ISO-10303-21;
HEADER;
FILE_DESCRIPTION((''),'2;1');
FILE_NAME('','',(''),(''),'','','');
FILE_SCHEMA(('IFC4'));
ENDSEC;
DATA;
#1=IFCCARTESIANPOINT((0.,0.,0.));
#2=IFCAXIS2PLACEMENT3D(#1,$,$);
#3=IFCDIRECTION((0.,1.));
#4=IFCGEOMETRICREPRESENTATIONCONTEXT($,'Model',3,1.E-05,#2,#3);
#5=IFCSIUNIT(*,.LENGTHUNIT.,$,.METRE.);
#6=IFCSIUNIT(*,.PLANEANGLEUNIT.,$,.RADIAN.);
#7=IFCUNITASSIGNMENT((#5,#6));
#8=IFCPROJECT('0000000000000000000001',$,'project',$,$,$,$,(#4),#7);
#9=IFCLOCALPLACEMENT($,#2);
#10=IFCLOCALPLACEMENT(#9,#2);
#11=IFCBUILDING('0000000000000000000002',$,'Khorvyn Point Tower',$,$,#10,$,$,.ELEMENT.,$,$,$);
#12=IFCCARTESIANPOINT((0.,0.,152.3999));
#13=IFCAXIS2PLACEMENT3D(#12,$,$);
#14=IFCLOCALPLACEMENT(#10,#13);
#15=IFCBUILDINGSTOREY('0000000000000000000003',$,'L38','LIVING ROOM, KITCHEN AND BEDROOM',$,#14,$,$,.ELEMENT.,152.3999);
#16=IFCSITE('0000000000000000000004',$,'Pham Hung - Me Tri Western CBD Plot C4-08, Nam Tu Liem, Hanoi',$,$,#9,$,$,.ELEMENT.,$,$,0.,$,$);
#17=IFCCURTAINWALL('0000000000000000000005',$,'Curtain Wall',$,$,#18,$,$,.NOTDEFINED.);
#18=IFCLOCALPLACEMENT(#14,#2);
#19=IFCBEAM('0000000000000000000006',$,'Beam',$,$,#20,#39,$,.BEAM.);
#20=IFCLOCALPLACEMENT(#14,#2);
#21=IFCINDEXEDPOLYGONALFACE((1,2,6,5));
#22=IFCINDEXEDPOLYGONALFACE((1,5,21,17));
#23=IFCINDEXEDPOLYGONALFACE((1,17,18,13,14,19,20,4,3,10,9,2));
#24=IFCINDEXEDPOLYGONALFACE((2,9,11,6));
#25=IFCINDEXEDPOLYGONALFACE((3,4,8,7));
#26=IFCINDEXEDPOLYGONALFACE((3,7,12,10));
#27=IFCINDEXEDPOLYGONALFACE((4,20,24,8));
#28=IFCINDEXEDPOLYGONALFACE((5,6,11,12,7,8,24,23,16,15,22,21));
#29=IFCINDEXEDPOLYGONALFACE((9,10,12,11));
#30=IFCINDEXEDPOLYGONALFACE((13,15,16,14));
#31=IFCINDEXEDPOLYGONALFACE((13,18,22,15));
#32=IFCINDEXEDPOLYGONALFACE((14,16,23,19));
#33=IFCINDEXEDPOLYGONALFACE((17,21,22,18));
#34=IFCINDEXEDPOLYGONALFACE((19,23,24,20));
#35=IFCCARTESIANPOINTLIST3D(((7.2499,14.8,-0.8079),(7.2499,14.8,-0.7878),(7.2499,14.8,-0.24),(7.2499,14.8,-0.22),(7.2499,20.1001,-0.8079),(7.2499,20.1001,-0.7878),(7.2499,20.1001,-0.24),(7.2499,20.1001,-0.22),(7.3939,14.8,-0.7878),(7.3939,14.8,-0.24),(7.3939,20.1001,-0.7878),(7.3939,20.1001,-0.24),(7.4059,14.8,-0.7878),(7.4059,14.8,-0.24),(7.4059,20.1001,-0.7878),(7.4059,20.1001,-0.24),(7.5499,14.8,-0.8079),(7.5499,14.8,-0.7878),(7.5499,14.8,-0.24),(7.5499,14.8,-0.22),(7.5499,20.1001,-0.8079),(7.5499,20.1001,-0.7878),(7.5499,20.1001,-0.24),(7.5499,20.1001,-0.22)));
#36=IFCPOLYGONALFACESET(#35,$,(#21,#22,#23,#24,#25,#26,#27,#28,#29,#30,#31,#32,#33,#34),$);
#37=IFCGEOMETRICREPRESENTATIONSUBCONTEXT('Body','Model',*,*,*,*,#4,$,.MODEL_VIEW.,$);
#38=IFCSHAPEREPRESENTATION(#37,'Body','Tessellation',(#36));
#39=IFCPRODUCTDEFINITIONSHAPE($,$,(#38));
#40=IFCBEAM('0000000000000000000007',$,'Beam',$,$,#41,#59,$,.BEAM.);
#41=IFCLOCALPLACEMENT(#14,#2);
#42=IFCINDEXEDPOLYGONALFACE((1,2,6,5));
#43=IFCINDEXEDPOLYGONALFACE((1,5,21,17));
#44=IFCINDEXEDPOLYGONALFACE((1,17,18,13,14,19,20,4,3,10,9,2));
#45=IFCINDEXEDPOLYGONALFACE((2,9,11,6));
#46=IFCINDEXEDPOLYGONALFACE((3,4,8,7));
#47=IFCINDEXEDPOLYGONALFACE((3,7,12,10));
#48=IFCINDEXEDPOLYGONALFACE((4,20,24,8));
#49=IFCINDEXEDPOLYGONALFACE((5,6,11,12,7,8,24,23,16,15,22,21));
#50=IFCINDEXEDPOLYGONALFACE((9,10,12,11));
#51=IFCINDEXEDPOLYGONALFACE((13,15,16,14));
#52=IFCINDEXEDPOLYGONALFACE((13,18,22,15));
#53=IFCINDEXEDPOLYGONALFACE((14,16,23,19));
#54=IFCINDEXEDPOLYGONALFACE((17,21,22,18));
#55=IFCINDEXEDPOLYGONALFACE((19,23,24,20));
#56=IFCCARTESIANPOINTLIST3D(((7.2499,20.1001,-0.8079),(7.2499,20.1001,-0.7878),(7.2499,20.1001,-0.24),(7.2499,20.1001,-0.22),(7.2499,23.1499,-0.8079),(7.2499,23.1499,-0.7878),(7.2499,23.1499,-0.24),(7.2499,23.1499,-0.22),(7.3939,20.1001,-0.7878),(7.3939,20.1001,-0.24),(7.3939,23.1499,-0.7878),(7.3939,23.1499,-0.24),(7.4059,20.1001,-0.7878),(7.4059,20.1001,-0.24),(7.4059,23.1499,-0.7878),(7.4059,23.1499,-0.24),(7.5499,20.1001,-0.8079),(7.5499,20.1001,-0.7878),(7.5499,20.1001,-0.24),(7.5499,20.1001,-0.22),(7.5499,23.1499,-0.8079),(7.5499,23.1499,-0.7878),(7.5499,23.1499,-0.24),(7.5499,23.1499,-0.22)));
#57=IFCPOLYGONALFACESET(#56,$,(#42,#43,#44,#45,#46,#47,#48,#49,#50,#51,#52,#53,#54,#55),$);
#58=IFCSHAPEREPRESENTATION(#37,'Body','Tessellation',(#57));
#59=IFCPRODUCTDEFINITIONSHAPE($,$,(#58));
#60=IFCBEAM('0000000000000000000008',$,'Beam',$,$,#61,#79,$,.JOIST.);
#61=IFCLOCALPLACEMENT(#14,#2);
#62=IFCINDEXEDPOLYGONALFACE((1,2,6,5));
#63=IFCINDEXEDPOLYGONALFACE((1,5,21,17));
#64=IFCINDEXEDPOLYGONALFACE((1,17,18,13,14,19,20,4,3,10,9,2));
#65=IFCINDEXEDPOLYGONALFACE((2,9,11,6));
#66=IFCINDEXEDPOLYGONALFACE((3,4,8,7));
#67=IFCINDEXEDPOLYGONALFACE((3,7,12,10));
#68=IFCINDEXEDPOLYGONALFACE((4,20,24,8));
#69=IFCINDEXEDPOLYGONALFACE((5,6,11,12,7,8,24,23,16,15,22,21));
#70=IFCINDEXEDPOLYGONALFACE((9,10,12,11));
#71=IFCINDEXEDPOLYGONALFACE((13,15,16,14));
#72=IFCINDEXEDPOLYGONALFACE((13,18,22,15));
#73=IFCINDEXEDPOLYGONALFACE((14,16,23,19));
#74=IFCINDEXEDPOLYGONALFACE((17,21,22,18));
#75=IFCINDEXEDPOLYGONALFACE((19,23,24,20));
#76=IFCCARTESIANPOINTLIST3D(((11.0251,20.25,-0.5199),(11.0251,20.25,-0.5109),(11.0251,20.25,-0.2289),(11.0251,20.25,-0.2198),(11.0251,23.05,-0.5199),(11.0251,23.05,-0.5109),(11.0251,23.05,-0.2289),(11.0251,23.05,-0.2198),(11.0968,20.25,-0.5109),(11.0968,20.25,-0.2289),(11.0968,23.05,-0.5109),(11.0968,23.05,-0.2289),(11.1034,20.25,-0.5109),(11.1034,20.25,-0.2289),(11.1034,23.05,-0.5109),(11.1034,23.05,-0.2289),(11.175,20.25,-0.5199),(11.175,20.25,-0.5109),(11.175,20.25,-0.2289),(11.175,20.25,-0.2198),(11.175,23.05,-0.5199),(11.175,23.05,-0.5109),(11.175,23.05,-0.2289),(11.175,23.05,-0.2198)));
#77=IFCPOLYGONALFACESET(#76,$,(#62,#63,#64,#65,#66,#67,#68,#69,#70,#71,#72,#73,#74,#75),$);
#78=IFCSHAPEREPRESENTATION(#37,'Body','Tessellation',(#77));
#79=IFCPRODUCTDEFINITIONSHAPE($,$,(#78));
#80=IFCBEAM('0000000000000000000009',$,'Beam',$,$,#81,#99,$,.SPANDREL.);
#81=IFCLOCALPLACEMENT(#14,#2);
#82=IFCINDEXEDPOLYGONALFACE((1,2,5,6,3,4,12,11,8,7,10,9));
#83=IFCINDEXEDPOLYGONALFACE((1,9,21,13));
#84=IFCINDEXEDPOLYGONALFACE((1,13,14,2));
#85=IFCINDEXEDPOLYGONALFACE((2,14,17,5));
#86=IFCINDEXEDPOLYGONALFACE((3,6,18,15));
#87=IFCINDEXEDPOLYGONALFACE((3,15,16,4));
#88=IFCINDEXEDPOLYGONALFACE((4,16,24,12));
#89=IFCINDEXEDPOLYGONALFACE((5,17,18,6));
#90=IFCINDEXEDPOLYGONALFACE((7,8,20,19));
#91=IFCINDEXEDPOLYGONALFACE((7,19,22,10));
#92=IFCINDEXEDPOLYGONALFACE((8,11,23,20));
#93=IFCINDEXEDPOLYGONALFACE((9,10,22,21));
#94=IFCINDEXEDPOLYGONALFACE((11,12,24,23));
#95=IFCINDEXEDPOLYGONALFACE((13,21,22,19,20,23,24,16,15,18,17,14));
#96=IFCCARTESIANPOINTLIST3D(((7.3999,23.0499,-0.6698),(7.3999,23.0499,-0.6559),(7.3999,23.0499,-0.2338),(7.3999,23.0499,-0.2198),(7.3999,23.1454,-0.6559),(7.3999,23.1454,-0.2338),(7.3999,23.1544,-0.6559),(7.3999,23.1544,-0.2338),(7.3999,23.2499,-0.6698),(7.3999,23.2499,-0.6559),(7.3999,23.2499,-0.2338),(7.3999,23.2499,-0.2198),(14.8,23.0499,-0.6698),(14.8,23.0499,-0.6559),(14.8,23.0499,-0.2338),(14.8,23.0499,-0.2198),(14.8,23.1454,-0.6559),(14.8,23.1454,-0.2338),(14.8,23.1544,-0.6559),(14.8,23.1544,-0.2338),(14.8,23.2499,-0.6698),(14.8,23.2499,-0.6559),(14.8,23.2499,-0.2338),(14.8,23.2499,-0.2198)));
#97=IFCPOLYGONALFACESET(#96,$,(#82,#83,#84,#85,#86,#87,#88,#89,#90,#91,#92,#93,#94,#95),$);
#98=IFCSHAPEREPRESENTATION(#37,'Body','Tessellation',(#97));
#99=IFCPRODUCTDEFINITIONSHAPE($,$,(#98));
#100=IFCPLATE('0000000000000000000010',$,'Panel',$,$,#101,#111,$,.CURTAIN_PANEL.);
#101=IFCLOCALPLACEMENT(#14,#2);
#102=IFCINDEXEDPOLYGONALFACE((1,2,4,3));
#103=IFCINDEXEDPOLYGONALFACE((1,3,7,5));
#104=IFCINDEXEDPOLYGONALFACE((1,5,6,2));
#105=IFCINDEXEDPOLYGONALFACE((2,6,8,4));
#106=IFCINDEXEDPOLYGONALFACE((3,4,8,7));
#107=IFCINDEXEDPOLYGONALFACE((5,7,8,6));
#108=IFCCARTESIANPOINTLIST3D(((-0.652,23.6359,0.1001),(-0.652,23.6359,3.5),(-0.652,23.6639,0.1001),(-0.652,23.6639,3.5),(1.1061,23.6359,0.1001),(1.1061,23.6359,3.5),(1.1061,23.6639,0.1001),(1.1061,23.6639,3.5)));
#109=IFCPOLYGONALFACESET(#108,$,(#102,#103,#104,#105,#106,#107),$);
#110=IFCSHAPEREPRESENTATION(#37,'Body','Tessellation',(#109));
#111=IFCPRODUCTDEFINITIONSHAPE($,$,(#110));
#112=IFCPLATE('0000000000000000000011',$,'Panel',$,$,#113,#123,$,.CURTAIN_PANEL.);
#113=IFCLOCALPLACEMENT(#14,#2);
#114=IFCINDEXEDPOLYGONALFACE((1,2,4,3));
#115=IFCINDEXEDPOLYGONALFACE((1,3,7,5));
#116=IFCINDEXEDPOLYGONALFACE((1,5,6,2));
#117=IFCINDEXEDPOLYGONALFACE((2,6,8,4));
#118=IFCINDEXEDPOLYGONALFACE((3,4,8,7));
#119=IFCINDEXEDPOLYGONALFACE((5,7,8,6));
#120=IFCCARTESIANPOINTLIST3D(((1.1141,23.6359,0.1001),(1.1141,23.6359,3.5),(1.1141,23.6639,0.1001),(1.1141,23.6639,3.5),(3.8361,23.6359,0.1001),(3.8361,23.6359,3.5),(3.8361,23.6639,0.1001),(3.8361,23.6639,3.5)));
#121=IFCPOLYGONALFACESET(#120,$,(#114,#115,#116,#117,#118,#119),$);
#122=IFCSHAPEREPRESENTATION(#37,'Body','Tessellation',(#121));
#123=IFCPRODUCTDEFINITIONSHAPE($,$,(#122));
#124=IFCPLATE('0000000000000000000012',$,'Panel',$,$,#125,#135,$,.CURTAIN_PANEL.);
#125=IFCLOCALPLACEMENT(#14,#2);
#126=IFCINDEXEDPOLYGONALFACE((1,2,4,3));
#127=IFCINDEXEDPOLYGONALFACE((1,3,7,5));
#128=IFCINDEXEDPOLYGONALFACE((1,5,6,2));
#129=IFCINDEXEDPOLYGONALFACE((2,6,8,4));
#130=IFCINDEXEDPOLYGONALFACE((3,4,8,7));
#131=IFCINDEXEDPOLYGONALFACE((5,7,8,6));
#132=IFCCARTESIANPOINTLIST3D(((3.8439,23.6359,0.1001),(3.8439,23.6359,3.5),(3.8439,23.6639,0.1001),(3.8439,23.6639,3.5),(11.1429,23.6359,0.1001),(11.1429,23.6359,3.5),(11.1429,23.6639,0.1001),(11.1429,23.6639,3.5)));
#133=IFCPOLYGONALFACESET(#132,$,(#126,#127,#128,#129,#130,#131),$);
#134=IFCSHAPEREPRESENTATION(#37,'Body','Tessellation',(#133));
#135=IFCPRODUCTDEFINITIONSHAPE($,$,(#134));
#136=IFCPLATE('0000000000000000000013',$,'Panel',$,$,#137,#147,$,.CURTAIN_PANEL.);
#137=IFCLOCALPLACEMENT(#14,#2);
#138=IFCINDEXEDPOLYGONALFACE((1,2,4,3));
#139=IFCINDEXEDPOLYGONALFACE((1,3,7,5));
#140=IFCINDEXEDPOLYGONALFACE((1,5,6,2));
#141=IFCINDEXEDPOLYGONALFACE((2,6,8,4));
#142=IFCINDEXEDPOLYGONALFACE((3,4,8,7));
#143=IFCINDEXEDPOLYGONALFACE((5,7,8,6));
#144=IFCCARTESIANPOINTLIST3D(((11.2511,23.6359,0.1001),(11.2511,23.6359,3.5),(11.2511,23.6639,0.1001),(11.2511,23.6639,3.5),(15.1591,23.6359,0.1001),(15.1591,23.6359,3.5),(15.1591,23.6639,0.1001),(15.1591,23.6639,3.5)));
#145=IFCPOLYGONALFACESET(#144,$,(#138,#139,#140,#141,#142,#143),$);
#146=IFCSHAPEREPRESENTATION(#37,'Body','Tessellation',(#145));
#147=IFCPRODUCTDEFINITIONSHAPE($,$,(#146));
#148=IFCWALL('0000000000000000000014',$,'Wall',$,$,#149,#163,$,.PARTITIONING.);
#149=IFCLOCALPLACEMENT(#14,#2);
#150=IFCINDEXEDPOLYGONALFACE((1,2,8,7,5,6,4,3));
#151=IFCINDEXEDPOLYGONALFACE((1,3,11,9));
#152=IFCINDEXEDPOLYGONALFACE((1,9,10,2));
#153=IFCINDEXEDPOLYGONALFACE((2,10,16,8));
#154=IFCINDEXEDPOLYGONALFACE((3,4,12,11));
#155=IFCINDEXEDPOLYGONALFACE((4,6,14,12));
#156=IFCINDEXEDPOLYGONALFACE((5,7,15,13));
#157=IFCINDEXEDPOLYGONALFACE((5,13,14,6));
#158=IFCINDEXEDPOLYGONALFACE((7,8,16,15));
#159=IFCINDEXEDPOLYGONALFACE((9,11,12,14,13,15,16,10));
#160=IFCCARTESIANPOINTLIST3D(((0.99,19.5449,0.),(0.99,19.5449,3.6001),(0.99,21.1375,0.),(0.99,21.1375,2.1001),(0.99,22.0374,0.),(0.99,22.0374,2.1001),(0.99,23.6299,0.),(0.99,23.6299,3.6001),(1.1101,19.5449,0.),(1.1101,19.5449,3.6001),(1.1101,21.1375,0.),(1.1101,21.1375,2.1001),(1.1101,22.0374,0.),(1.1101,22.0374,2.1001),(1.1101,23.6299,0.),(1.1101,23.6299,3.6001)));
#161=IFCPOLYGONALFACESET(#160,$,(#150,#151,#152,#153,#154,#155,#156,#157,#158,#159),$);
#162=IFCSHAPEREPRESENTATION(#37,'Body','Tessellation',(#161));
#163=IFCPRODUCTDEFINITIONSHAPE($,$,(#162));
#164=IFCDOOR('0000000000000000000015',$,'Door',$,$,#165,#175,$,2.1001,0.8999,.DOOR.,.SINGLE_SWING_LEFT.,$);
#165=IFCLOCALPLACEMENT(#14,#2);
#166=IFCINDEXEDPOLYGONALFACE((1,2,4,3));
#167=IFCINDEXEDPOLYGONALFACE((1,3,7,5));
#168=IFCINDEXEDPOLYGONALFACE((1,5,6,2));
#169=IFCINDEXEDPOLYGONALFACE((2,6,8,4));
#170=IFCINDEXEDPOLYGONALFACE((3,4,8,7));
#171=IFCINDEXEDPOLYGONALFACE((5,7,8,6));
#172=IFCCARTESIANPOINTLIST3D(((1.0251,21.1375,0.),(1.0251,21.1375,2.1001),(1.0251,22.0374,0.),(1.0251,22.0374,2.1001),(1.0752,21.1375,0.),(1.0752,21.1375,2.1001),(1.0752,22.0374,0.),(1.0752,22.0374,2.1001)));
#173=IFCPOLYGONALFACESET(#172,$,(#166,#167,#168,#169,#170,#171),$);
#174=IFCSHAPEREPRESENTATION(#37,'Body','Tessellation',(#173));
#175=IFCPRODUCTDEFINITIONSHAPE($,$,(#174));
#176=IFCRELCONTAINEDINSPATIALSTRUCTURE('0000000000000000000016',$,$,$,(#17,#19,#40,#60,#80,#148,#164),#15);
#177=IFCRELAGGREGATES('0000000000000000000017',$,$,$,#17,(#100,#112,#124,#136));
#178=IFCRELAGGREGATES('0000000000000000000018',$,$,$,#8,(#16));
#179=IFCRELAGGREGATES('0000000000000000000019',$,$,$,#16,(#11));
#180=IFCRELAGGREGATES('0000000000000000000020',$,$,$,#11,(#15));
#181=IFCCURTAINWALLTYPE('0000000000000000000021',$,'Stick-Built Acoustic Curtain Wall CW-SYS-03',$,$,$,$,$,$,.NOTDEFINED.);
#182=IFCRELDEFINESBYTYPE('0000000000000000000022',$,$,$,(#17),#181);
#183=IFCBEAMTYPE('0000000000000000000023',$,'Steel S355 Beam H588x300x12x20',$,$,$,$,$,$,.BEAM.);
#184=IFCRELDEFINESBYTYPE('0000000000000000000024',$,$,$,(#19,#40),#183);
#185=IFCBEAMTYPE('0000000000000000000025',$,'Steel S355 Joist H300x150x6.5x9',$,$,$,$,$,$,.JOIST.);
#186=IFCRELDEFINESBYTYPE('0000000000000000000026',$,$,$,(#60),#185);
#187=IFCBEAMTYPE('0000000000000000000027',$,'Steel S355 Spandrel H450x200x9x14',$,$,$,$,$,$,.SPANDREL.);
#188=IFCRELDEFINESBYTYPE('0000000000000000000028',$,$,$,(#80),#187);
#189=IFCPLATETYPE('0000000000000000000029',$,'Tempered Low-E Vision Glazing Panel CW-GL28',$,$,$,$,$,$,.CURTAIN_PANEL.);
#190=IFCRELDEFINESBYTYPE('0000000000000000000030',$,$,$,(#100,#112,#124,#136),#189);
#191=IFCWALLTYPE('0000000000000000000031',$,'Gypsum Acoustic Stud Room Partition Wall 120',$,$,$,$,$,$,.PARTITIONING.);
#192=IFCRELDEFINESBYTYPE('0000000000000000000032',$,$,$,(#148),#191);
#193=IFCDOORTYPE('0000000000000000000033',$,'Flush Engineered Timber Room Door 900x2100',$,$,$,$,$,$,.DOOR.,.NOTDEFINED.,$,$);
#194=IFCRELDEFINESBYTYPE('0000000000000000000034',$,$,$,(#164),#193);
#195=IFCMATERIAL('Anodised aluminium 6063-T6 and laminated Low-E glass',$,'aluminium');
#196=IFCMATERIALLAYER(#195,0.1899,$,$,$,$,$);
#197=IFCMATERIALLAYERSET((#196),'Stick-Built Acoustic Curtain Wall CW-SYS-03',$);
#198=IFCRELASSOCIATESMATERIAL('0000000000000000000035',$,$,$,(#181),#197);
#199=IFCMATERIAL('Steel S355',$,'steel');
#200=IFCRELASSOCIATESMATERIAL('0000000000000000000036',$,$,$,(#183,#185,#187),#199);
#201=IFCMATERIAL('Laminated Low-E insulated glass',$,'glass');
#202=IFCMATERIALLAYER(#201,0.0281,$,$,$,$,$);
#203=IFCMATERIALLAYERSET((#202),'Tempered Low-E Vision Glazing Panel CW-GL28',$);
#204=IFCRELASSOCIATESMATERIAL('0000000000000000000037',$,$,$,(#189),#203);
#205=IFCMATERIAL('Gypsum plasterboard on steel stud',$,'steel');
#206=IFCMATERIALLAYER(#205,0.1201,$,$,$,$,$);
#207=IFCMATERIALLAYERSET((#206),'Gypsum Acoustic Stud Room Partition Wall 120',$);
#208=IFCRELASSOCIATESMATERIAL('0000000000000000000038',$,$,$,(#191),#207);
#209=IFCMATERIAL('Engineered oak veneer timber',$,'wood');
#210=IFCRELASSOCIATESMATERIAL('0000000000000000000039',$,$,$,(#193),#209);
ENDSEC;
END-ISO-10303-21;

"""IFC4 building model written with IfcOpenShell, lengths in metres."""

from ifc_helpers import new_model, si_unit, direction, frame, frame_2d, origin, origin_2d, place, context, subcontext, project, spatial, rectangle, i_section, extrude, material, layer, layer_set, material_profile, profile_set, type_object, element, fill, aggregate, save


model = new_model("IFC4")

# Units and contexts
model_context = context("Model", 3, precision=1e-05, world=origin(), true_north=direction((0.0, 1.0)))
body_context = subcontext(model_context, "Body", "Model", "MODEL_VIEW")
ifc_project = project(units=[si_unit("LENGTHUNIT", "METRE"), si_unit("PLANEANGLEUNIT", "RADIAN")], contexts=[model_context])

# Site, building, storey
site_placement = place(None, origin())
site = spatial("IfcSite", under=ifc_project, at=site_placement, Name="Pham Hung - Me Tri Western CBD Plot C4-08, Nam Tu Liem, Hanoi", CompositionType="ELEMENT", RefElevation=0.0)
building_placement = place(site_placement, origin())
building = spatial("IfcBuilding", under=site, at=building_placement, Name="Khorvyn Point Tower", CompositionType="ELEMENT")
storey_placement = place(building_placement, frame((0.0, 0.0, 152.3999)))
storey = spatial("IfcBuildingStorey", under=building, at=storey_placement, Name="L38", Description="LIVING ROOM, KITCHEN AND BEDROOM", CompositionType="ELEMENT", Elevation=152.3999)

# Curtain wall
ifc_material_1 = material(Name="Anodised aluminium 6063-T6 and laminated Low-E glass", Category="aluminium")
ifc_layer_1 = layer(ifc_material_1, 0.1899)
ifc_layer_set_1 = layer_set([ifc_layer_1], Name="Stick-Built Acoustic Curtain Wall CW-SYS-03")
curtain_wall_type = type_object("IfcCurtainWallType", Name="Stick-Built Acoustic Curtain Wall CW-SYS-03", PredefinedType="NOTDEFINED", material=ifc_layer_set_1)
curtain_wall_placement = place(storey_placement, origin())
curtain_wall = element("IfcCurtainWall", 1, at=curtain_wall_placement, inside=storey, type_object=curtain_wall_type, Name="Curtain Wall", PredefinedType="NOTDEFINED")

# Beams
ifc_material_2 = material(Name="Steel S355", Category="steel")
ifc_material_profile_1 = material_profile(ifc_material_2, i_section(OverallWidth=0.3, OverallDepth=0.5879, WebThickness=0.012, FlangeThickness=0.02, at=origin_2d()))
ifc_profile_set_1 = profile_set([ifc_material_profile_1], Name="Steel S355 H588x300x12x20")
beam_type_1 = type_object("IfcBeamType", Name="Steel S355 Beam H588x300x12x20", PredefinedType="BEAM", material=ifc_profile_set_1)
beam_1_placement = place(storey_placement, frame((7.3999, 14.8, -0.5139), z_axis=(0.0, 1.0, 0.0), x_axis=(-1.0, 0.0, 0.0)))
element("IfcBeam", 2, at=beam_1_placement, inside=storey, type_object=beam_type_1, Name="Beam", PredefinedType="BEAM", context=body_context, shape_type="SweptSolid", body=[
    extrude(i_section(OverallWidth=0.3, OverallDepth=0.5879, WebThickness=0.012, FlangeThickness=0.02, at=origin_2d()), origin(), (0.0, 0.0, 1.0), 5.3),
])
beam_2_placement = place(storey_placement, frame((7.3999, 20.1001, -0.5139), z_axis=(0.0, 1.0, 0.0), x_axis=(-1.0, 0.0, 0.0)))
element("IfcBeam", 3, at=beam_2_placement, inside=storey, type_object=beam_type_1, Name="Beam", PredefinedType="BEAM", context=body_context, shape_type="SweptSolid", body=[
    extrude(i_section(OverallWidth=0.3, OverallDepth=0.5879, WebThickness=0.012, FlangeThickness=0.02, at=origin_2d()), origin(), (0.0, 0.0, 1.0), 3.0498),
])
ifc_material_profile_2 = material_profile(ifc_material_2, i_section(OverallWidth=0.1499, OverallDepth=0.3, WebThickness=0.0066, FlangeThickness=0.009, at=origin_2d()))
ifc_profile_set_2 = profile_set([ifc_material_profile_2], Name="Steel S355 H300x150x6.5x9")
beam_type_2 = type_object("IfcBeamType", Name="Steel S355 Joist H300x150x6.5x9", PredefinedType="JOIST", material=ifc_profile_set_2)
beam_3_placement = place(storey_placement, frame((11.1001, 20.25, -0.3699), z_axis=(0.0, 1.0, 0.0), x_axis=(-1.0, 0.0, 0.0)))
element("IfcBeam", 4, at=beam_3_placement, inside=storey, type_object=beam_type_2, Name="Beam", PredefinedType="JOIST", context=body_context, shape_type="SweptSolid", body=[
    extrude(i_section(OverallWidth=0.1499, OverallDepth=0.3, WebThickness=0.0066, FlangeThickness=0.009, at=origin_2d()), origin(), (0.0, 0.0, 1.0), 2.8),
])
ifc_material_profile_3 = material_profile(ifc_material_2, i_section(OverallWidth=0.2, OverallDepth=0.45, WebThickness=0.009, FlangeThickness=0.0139, at=origin_2d()))
ifc_profile_set_3 = profile_set([ifc_material_profile_3], Name="Steel S355 H450x200x9x14")
beam_type_3 = type_object("IfcBeamType", Name="Steel S355 Spandrel H450x200x9x14", PredefinedType="SPANDREL", material=ifc_profile_set_3)
beam_4_placement = place(storey_placement, frame((7.3999, 23.1499, -0.4448), z_axis=(1.0, 0.0, 0.0), x_axis=(0.0, 1.0, 0.0)))
element("IfcBeam", 5, at=beam_4_placement, inside=storey, type_object=beam_type_3, Name="Beam", PredefinedType="SPANDREL", context=body_context, shape_type="SweptSolid", body=[
    extrude(i_section(OverallWidth=0.2, OverallDepth=0.45, WebThickness=0.009, FlangeThickness=0.0139, at=origin_2d()), origin(), (0.0, 0.0, 1.0), 7.4001),
])

# Plates
ifc_material_3 = material(Name="Laminated Low-E insulated glass", Category="glass")
ifc_layer_2 = layer(ifc_material_3, 0.0281)
ifc_layer_set_2 = layer_set([ifc_layer_2], Name="Tempered Low-E Vision Glazing Panel CW-GL28")
plate_type = type_object("IfcPlateType", Name="Tempered Low-E Vision Glazing Panel CW-GL28", PredefinedType="CURTAIN_PANEL", material=ifc_layer_set_2)
plate_1_placement = place(storey_placement, frame((0.2271, 23.6499, 0.1001), z_axis=(0.0, 0.0, 1.0), x_axis=(1.0, 0.0, 0.0)))
plate_1 = element("IfcPlate", 6, at=plate_1_placement, type_object=plate_type, Name="Panel", PredefinedType="CURTAIN_PANEL", context=body_context, shape_type="SweptSolid", body=[
    extrude(rectangle(XDim=1.7581, YDim=0.0281, at=origin_2d()), origin(), (0.0, 0.0, 1.0), 3.3999),
])
plate_2_placement = place(storey_placement, frame((2.4751, 23.6499, 0.1001), z_axis=(0.0, 0.0, 1.0), x_axis=(1.0, 0.0, 0.0)))
plate_2 = element("IfcPlate", 7, at=plate_2_placement, type_object=plate_type, Name="Panel", PredefinedType="CURTAIN_PANEL", context=body_context, shape_type="SweptSolid", body=[
    extrude(rectangle(XDim=2.7219, YDim=0.0281, at=origin_2d()), origin(), (0.0, 0.0, 1.0), 3.3999),
])
plate_3_placement = place(storey_placement, frame((7.4934, 23.6499, 0.1001), z_axis=(0.0, 0.0, 1.0), x_axis=(1.0, 0.0, 0.0)))
plate_3 = element("IfcPlate", 8, at=plate_3_placement, type_object=plate_type, Name="Panel", PredefinedType="CURTAIN_PANEL", context=body_context, shape_type="SweptSolid", body=[
    extrude(rectangle(XDim=7.2991, YDim=0.0281, at=origin_2d()), origin(), (0.0, 0.0, 1.0), 3.3999),
])
plate_4_placement = place(storey_placement, frame((13.2051, 23.6499, 0.1001), z_axis=(0.0, 0.0, 1.0), x_axis=(1.0, 0.0, 0.0)))
plate_4 = element("IfcPlate", 9, at=plate_4_placement, type_object=plate_type, Name="Panel", PredefinedType="CURTAIN_PANEL", context=body_context, shape_type="SweptSolid", body=[
    extrude(rectangle(XDim=3.908, YDim=0.0281, at=origin_2d()), origin(), (0.0, 0.0, 1.0), 3.3999),
])
aggregate(curtain_wall, [plate_1, plate_2, plate_3, plate_4])

# Wall, opening, door
ifc_material_4 = material(Name="Gypsum plasterboard on steel stud", Category="steel")
ifc_layer_3 = layer(ifc_material_4, 0.1201)
ifc_layer_set_3 = layer_set([ifc_layer_3], Name="Gypsum Acoustic Stud Room Partition Wall 120")
wall_type_1 = type_object("IfcWallType", Name="Gypsum Acoustic Stud Room Partition Wall 120", PredefinedType="PARTITIONING", material=ifc_layer_set_3)
wall_1_placement = place(storey_placement, frame((1.05, 19.5449, 0.0), z_axis=(0.0, 0.0, 1.0), x_axis=(0.0, 1.0, 0.0)))
wall_1 = element("IfcWall", 10, at=wall_1_placement, inside=storey, type_object=wall_type_1, Name="Wall", PredefinedType="PARTITIONING", context=body_context, shape_type="SweptSolid", body=[
    extrude(rectangle(XDim=4.085, YDim=0.1201, at=frame_2d((2.0425, 0.0))), origin(), (0.0, 0.0, 1.0), 3.6001),
])
opening_1_placement = place(wall_1_placement, frame((1.5925, 0.0, 0.0)))
opening_1 = element("IfcOpeningElement", 11, at=opening_1_placement, cuts=wall_1, PredefinedType="OPENING", context=body_context, shape_type="SweptSolid", body=[
    extrude(rectangle(XDim=0.8999, YDim=2.1001, at=frame_2d((0.45, 1.05))), frame((0.0, 0.0701, 0.0), z_axis=(0.0, -1.0, 0.0), x_axis=(1.0, 0.0, 0.0)), (0.0, 0.0, 1.0), 0.1401),
])
ifc_material_5 = material(Name="Engineered oak veneer timber", Category="wood")
door_type_1 = type_object("IfcDoorType", Name="Flush Engineered Timber Room Door 900x2100", OperationType="NOTDEFINED", PredefinedType="DOOR", material=ifc_material_5)
door_1_placement = place(opening_1_placement, origin())
door_1 = element("IfcDoor", 12, at=door_1_placement, inside=storey, type_object=door_type_1, Name="Door", OperationType="SINGLE_SWING_LEFT", OverallHeight=2.1001, OverallWidth=0.8999, PredefinedType="DOOR", context=body_context, shape_type="SweptSolid", body=[
    extrude(rectangle(XDim=0.8999, YDim=2.1001, at=frame_2d((0.45, 1.05))), frame((0.0, 0.0249, 0.0), z_axis=(0.0, -1.0, 0.0), x_axis=(1.0, 0.0, 0.0)), (0.0, 0.0, 1.0), 0.05),
])
fill(opening_1, door_1)

save(model, "model.ifc")
